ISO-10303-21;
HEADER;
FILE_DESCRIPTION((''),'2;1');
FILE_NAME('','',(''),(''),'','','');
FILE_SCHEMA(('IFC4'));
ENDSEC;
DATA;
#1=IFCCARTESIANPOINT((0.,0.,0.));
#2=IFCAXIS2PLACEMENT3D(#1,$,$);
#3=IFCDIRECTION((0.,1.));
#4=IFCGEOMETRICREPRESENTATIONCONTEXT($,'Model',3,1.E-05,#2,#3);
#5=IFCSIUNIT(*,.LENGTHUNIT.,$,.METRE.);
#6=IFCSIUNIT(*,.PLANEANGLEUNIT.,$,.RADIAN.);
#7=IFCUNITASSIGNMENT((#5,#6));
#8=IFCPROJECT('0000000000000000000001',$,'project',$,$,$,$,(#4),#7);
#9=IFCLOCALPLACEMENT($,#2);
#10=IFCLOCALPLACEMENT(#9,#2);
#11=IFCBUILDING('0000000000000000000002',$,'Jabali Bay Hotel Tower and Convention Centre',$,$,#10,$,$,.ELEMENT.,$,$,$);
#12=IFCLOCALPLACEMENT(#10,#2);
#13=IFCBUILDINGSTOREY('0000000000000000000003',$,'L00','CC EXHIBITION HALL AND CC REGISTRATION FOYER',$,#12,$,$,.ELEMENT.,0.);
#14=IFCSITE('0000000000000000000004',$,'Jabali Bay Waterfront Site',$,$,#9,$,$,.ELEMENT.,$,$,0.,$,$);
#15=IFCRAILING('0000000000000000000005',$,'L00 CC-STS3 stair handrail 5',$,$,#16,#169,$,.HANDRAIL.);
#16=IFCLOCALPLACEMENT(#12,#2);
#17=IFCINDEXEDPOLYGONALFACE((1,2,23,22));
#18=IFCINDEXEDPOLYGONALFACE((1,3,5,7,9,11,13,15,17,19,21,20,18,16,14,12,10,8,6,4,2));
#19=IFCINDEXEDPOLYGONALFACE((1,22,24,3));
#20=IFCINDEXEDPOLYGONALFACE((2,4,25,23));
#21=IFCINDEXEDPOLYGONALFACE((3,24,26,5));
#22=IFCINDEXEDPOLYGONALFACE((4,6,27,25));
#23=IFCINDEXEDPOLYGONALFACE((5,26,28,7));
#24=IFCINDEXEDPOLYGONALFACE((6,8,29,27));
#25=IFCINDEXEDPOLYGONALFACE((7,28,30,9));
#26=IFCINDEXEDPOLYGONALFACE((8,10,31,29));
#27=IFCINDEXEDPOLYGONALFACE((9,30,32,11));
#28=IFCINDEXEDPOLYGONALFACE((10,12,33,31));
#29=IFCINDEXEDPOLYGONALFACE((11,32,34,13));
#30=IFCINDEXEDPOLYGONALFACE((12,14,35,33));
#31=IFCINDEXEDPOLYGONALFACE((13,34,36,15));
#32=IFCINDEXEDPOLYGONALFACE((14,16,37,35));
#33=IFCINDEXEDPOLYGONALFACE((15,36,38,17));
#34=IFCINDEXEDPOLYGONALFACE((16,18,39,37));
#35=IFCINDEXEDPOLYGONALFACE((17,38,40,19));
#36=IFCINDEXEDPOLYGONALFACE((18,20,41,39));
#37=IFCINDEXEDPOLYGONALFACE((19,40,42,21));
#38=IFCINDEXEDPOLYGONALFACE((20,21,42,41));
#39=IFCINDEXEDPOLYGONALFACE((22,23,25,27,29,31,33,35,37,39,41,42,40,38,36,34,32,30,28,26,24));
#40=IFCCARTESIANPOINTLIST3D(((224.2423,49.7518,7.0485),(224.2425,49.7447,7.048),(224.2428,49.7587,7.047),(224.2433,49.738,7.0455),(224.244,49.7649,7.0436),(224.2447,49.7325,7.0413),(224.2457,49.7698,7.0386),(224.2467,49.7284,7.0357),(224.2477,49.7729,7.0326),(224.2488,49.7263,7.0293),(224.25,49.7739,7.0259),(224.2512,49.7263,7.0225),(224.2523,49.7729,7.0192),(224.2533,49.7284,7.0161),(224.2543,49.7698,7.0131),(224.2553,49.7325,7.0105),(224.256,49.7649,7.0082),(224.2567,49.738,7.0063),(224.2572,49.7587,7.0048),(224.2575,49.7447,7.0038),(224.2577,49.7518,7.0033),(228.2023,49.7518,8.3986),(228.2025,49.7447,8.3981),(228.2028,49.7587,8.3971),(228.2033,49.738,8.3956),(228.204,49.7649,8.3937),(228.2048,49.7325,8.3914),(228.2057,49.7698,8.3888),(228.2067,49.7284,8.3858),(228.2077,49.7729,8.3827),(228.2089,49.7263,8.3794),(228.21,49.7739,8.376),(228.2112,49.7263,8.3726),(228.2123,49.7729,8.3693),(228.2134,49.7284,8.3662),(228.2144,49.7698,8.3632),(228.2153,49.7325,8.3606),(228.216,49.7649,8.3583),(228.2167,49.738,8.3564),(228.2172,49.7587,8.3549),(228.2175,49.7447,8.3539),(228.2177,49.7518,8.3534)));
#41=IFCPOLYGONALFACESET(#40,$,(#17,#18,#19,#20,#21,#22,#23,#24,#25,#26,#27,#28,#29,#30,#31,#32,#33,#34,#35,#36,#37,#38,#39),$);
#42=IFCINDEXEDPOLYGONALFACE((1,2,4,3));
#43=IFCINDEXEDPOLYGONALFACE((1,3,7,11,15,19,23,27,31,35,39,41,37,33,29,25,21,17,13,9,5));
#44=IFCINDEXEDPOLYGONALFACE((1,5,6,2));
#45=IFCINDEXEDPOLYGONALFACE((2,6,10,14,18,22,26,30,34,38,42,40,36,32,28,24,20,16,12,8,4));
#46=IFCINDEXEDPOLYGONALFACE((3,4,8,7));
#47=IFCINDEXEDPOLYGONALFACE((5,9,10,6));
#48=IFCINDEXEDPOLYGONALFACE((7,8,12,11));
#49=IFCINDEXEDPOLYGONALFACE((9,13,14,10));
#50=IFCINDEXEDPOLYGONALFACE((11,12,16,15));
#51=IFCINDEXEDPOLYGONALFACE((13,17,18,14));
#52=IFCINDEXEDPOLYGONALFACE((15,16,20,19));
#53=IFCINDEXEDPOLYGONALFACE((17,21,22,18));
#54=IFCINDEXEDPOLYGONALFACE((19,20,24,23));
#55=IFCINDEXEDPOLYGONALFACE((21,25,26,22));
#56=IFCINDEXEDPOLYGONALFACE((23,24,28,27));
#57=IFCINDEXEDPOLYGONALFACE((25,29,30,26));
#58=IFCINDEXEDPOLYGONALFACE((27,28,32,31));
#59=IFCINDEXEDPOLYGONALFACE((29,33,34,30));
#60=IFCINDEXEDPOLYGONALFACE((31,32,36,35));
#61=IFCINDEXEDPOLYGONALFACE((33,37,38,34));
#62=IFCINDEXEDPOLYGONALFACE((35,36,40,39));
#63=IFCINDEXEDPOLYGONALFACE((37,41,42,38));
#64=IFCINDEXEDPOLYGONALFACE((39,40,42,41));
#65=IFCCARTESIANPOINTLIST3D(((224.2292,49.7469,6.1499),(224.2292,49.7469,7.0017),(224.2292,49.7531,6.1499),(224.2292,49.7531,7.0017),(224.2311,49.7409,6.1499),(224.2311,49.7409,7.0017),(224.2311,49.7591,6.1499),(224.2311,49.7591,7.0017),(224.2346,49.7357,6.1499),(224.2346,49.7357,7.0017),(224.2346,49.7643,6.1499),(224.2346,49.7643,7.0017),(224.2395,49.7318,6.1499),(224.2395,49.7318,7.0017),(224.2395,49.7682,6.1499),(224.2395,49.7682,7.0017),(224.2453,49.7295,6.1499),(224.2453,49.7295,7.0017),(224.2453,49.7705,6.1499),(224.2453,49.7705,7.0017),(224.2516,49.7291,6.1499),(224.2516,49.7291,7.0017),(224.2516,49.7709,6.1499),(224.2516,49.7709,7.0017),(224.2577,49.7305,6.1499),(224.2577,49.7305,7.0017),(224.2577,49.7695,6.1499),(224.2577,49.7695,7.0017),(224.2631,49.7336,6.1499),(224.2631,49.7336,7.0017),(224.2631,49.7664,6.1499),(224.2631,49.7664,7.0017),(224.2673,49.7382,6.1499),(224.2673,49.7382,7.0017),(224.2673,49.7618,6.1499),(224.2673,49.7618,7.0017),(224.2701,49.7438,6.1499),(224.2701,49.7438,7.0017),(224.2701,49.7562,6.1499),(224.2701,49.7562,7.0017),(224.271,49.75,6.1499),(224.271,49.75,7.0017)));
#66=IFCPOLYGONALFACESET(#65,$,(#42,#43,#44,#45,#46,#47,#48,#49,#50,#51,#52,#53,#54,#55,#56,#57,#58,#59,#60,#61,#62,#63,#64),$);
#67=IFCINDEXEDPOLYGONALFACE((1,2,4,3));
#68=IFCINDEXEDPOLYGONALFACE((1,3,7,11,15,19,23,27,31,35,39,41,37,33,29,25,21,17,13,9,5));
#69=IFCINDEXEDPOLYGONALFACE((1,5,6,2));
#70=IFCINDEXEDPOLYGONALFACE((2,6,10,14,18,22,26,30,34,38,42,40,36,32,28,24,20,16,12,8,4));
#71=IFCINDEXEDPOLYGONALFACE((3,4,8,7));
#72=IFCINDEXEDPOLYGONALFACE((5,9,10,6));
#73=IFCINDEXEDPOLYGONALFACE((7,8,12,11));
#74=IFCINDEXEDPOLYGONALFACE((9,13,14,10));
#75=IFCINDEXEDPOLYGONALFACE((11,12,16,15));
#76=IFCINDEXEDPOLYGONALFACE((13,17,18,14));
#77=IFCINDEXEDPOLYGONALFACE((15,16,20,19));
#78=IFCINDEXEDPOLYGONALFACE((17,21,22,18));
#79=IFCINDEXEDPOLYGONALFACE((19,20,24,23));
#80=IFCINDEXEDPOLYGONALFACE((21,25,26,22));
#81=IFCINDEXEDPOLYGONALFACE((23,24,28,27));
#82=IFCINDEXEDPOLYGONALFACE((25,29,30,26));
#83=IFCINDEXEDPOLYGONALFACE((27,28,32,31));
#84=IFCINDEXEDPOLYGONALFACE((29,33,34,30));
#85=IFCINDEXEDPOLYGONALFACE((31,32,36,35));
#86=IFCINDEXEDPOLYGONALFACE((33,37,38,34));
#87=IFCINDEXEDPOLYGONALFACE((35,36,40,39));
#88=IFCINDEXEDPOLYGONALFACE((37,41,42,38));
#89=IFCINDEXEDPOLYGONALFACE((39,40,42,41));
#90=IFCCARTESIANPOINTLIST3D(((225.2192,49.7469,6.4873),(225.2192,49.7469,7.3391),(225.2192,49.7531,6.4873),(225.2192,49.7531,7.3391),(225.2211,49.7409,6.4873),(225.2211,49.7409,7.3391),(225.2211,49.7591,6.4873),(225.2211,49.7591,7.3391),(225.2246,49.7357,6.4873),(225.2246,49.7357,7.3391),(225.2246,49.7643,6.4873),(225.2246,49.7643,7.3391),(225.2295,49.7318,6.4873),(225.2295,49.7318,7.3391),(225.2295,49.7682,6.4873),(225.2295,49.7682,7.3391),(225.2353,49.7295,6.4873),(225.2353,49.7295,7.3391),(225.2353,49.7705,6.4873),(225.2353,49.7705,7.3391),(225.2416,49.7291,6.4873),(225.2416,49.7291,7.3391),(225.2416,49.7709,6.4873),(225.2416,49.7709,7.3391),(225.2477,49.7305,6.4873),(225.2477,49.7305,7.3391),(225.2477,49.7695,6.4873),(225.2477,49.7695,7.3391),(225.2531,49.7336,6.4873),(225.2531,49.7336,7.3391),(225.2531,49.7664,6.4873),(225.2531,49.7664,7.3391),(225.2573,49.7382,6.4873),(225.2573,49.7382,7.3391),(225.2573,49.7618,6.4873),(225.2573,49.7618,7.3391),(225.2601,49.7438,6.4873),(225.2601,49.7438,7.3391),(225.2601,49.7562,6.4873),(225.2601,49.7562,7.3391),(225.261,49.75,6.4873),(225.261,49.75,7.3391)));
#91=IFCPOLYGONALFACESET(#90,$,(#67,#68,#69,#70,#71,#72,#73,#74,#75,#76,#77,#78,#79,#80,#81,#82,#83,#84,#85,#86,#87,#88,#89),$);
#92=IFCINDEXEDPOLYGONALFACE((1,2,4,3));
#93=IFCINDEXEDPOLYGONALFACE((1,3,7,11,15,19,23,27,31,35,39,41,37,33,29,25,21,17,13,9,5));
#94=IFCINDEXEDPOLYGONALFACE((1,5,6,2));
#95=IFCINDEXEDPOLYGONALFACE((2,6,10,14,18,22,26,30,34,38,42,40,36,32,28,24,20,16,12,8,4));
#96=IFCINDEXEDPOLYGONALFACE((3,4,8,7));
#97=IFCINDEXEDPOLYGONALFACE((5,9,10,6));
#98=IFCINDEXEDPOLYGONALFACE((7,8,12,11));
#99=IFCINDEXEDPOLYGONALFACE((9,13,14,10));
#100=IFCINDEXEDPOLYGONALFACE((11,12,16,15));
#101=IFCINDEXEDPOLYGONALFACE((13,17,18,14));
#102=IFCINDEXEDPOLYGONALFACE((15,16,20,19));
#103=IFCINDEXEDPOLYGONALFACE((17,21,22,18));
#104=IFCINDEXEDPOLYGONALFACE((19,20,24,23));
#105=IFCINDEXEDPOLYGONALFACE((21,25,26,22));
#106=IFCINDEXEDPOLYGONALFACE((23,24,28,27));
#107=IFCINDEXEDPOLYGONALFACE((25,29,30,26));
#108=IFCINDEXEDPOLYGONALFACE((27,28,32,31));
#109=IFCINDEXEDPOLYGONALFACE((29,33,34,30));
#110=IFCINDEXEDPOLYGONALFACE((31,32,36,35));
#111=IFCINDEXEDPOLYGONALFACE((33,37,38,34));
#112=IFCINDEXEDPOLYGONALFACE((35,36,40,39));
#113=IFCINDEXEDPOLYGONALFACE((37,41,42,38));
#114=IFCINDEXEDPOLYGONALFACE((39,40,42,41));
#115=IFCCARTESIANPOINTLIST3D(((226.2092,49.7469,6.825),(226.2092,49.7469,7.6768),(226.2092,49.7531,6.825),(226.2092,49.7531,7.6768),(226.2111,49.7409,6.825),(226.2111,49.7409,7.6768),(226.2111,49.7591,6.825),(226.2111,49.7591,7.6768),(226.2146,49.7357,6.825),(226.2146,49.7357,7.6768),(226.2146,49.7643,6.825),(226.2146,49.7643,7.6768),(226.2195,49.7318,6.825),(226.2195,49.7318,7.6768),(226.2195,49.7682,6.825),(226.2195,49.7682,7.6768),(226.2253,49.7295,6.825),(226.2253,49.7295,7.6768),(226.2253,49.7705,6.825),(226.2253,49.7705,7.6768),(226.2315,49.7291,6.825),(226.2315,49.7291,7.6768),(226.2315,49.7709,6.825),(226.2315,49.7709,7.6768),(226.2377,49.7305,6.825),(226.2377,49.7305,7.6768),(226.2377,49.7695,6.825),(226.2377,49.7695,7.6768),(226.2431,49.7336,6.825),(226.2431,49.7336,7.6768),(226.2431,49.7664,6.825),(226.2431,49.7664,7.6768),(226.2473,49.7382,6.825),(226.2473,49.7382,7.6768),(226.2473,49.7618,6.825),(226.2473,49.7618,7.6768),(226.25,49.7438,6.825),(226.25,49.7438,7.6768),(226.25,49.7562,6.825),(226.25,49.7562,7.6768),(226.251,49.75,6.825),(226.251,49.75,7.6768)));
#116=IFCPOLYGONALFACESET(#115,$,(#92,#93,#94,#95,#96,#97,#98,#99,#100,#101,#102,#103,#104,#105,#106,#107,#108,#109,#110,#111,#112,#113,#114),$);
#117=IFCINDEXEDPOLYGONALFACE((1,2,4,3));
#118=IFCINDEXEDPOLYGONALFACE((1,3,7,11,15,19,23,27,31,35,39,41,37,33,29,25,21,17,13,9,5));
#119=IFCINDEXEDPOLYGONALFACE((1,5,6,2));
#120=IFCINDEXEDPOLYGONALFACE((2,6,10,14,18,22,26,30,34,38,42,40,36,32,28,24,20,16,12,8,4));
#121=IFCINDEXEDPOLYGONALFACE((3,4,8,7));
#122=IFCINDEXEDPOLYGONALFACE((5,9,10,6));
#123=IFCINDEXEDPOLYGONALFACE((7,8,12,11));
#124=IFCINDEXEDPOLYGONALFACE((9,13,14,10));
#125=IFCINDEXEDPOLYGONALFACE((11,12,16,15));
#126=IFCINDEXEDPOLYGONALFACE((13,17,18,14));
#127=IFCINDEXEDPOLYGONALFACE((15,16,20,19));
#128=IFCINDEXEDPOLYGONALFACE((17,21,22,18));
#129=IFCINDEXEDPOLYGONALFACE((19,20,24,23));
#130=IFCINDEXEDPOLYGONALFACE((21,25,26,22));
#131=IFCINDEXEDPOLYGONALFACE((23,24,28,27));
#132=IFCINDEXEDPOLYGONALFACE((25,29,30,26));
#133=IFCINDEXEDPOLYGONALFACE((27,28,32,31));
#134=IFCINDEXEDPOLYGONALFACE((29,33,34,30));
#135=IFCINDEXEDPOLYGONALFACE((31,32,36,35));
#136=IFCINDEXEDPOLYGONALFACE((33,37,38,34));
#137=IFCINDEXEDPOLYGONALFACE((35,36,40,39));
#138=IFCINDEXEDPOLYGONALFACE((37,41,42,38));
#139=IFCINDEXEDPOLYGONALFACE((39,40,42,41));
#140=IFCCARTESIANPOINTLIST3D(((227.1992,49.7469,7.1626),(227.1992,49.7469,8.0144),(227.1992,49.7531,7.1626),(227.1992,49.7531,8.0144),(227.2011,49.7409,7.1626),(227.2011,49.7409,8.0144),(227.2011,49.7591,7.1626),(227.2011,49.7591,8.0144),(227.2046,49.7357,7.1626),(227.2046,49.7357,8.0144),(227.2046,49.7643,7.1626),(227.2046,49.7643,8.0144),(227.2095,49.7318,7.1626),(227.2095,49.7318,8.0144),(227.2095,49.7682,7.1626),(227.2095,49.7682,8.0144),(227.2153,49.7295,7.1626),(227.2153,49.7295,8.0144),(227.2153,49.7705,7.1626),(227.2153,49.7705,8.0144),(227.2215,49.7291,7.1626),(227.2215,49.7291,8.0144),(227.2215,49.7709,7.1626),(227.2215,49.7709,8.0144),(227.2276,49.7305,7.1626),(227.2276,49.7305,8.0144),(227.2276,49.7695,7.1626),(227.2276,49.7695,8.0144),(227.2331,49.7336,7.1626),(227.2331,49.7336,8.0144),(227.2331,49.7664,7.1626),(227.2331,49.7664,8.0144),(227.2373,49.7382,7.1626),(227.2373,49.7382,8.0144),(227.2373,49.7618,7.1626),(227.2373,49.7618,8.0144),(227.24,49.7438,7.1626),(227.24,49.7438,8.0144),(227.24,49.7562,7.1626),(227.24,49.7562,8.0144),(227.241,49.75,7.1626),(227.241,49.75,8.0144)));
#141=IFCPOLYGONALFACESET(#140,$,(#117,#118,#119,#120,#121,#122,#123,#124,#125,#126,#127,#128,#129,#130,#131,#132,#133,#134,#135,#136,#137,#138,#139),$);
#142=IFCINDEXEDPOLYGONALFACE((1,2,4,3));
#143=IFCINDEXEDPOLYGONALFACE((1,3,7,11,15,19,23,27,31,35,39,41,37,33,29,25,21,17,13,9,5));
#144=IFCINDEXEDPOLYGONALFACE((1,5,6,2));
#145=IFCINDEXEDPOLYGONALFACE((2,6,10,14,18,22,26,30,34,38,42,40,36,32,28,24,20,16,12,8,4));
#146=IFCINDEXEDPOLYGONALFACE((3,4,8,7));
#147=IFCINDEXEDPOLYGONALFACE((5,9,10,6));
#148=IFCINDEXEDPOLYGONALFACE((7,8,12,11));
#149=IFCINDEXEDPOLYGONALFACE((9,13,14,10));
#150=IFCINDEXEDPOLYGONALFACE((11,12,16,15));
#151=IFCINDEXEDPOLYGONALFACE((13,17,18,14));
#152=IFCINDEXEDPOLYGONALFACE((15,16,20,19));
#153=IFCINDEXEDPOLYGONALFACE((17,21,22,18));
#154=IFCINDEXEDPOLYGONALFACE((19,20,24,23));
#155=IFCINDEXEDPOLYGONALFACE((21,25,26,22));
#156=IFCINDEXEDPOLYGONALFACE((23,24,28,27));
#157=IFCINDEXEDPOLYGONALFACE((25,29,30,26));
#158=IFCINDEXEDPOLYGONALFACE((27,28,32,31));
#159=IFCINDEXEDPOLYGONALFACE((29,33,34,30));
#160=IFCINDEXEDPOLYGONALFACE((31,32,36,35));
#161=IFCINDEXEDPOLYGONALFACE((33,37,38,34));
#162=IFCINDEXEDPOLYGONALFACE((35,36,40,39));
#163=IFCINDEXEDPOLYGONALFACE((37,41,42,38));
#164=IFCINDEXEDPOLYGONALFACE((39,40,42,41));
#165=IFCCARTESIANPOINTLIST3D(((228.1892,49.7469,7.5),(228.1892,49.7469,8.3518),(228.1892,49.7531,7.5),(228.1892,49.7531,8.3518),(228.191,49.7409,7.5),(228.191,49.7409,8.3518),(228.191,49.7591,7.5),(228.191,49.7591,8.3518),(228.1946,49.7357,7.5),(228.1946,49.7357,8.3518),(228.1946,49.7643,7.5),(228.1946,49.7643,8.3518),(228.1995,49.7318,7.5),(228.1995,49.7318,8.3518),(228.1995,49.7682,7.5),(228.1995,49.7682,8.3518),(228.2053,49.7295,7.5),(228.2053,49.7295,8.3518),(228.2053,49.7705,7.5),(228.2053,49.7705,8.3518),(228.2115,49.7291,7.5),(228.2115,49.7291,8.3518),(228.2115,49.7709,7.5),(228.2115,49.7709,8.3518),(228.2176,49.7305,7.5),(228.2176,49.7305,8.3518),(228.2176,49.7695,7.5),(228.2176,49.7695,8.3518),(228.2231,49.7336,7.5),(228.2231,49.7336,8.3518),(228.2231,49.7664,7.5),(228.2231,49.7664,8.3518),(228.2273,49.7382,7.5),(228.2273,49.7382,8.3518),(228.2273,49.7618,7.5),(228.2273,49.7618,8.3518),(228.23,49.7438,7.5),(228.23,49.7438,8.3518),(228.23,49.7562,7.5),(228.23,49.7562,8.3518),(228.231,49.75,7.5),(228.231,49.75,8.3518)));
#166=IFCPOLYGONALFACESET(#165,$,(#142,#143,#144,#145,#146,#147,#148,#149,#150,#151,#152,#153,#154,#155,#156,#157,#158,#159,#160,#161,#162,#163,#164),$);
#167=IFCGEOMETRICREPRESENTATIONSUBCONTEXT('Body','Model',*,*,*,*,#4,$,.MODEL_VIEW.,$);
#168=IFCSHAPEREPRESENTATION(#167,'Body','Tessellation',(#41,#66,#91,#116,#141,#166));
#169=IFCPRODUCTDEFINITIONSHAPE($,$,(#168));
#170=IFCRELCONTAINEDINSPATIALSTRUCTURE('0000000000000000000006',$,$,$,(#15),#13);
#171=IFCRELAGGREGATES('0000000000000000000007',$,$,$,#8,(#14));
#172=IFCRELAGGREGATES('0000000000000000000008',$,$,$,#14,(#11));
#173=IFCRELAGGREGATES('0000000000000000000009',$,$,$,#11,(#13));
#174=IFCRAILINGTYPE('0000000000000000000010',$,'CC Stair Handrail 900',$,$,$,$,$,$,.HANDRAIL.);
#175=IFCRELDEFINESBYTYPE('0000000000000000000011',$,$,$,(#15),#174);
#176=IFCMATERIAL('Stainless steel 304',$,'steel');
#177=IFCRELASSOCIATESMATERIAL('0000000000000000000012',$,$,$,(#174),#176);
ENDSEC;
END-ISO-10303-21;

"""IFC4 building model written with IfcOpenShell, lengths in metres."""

from ifc_helpers import new_model, si_unit, direction, frame, origin, origin_2d, place, context, subcontext, project, spatial, circle, extrude, material, type_object, element, save


model = new_model("IFC4")

# Units and contexts
model_context = context("Model", 3, precision=1e-05, world=origin(), true_north=direction((0.0, 1.0)))
body_context = subcontext(model_context, "Body", "Model", "MODEL_VIEW")
ifc_project = project(units=[si_unit("LENGTHUNIT", "METRE"), si_unit("PLANEANGLEUNIT", "RADIAN")], contexts=[model_context])

# Site, building, storey
site_placement = place(None, origin())
site = spatial("IfcSite", under=ifc_project, at=site_placement, Name="Jabali Bay Waterfront Site", CompositionType="ELEMENT", RefElevation=0.0)
building_placement = place(site_placement, origin())
building = spatial("IfcBuilding", under=site, at=building_placement, Name="Jabali Bay Hotel Tower and Convention Centre", CompositionType="ELEMENT")
storey_placement = place(building_placement, origin())
storey = spatial("IfcBuildingStorey", under=building, at=storey_placement, Name="L00", Description="CC EXHIBITION HALL AND CC REGISTRATION FOYER", CompositionType="ELEMENT", Elevation=0.0)

# Railing
ifc_material_1 = material(Name="Stainless steel 304", Category="steel")
railing_type_1 = type_object("IfcRailingType", Name="CC Stair Handrail 900", PredefinedType="HANDRAIL", material=ifc_material_1)
railing_1_placement = place(storey_placement, frame((224.25, 49.75, 6.1499)))
element("IfcRailing", 1, at=railing_1_placement, inside=storey, type_object=railing_type_1, Name="L00 CC-STS3 stair handrail 5", PredefinedType="HANDRAIL", context=body_context, shape_type="SweptSolid", body=[
    extrude(circle(Radius=0.0239, at=origin_2d()), frame((0.0, 0.0, 0.876), z_axis=(0.946502, 0.0, 0.322698), x_axis=(0.0, 1.0, 0.0)), (0.0, 0.0, 1.0), 4.1838),
    extrude(circle(Radius=0.021, at=origin_2d()), origin(), (0.0, 0.0, 1.0), 0.8518),
    extrude(circle(Radius=0.021, at=origin_2d()), frame((0.99, 0.0, 0.3374)), (0.0, 0.0, 1.0), 0.8518),
    extrude(circle(Radius=0.021, at=origin_2d()), frame((1.98, 0.0, 0.675)), (0.0, 0.0, 1.0), 0.8518),
    extrude(circle(Radius=0.021, at=origin_2d()), frame((2.97, 0.0, 1.0127)), (0.0, 0.0, 1.0), 0.8518),
    extrude(circle(Radius=0.021, at=origin_2d()), frame((3.96, 0.0, 1.3501)), (0.0, 0.0, 1.0), 0.8518),
])

save(model, "model.ifc")
